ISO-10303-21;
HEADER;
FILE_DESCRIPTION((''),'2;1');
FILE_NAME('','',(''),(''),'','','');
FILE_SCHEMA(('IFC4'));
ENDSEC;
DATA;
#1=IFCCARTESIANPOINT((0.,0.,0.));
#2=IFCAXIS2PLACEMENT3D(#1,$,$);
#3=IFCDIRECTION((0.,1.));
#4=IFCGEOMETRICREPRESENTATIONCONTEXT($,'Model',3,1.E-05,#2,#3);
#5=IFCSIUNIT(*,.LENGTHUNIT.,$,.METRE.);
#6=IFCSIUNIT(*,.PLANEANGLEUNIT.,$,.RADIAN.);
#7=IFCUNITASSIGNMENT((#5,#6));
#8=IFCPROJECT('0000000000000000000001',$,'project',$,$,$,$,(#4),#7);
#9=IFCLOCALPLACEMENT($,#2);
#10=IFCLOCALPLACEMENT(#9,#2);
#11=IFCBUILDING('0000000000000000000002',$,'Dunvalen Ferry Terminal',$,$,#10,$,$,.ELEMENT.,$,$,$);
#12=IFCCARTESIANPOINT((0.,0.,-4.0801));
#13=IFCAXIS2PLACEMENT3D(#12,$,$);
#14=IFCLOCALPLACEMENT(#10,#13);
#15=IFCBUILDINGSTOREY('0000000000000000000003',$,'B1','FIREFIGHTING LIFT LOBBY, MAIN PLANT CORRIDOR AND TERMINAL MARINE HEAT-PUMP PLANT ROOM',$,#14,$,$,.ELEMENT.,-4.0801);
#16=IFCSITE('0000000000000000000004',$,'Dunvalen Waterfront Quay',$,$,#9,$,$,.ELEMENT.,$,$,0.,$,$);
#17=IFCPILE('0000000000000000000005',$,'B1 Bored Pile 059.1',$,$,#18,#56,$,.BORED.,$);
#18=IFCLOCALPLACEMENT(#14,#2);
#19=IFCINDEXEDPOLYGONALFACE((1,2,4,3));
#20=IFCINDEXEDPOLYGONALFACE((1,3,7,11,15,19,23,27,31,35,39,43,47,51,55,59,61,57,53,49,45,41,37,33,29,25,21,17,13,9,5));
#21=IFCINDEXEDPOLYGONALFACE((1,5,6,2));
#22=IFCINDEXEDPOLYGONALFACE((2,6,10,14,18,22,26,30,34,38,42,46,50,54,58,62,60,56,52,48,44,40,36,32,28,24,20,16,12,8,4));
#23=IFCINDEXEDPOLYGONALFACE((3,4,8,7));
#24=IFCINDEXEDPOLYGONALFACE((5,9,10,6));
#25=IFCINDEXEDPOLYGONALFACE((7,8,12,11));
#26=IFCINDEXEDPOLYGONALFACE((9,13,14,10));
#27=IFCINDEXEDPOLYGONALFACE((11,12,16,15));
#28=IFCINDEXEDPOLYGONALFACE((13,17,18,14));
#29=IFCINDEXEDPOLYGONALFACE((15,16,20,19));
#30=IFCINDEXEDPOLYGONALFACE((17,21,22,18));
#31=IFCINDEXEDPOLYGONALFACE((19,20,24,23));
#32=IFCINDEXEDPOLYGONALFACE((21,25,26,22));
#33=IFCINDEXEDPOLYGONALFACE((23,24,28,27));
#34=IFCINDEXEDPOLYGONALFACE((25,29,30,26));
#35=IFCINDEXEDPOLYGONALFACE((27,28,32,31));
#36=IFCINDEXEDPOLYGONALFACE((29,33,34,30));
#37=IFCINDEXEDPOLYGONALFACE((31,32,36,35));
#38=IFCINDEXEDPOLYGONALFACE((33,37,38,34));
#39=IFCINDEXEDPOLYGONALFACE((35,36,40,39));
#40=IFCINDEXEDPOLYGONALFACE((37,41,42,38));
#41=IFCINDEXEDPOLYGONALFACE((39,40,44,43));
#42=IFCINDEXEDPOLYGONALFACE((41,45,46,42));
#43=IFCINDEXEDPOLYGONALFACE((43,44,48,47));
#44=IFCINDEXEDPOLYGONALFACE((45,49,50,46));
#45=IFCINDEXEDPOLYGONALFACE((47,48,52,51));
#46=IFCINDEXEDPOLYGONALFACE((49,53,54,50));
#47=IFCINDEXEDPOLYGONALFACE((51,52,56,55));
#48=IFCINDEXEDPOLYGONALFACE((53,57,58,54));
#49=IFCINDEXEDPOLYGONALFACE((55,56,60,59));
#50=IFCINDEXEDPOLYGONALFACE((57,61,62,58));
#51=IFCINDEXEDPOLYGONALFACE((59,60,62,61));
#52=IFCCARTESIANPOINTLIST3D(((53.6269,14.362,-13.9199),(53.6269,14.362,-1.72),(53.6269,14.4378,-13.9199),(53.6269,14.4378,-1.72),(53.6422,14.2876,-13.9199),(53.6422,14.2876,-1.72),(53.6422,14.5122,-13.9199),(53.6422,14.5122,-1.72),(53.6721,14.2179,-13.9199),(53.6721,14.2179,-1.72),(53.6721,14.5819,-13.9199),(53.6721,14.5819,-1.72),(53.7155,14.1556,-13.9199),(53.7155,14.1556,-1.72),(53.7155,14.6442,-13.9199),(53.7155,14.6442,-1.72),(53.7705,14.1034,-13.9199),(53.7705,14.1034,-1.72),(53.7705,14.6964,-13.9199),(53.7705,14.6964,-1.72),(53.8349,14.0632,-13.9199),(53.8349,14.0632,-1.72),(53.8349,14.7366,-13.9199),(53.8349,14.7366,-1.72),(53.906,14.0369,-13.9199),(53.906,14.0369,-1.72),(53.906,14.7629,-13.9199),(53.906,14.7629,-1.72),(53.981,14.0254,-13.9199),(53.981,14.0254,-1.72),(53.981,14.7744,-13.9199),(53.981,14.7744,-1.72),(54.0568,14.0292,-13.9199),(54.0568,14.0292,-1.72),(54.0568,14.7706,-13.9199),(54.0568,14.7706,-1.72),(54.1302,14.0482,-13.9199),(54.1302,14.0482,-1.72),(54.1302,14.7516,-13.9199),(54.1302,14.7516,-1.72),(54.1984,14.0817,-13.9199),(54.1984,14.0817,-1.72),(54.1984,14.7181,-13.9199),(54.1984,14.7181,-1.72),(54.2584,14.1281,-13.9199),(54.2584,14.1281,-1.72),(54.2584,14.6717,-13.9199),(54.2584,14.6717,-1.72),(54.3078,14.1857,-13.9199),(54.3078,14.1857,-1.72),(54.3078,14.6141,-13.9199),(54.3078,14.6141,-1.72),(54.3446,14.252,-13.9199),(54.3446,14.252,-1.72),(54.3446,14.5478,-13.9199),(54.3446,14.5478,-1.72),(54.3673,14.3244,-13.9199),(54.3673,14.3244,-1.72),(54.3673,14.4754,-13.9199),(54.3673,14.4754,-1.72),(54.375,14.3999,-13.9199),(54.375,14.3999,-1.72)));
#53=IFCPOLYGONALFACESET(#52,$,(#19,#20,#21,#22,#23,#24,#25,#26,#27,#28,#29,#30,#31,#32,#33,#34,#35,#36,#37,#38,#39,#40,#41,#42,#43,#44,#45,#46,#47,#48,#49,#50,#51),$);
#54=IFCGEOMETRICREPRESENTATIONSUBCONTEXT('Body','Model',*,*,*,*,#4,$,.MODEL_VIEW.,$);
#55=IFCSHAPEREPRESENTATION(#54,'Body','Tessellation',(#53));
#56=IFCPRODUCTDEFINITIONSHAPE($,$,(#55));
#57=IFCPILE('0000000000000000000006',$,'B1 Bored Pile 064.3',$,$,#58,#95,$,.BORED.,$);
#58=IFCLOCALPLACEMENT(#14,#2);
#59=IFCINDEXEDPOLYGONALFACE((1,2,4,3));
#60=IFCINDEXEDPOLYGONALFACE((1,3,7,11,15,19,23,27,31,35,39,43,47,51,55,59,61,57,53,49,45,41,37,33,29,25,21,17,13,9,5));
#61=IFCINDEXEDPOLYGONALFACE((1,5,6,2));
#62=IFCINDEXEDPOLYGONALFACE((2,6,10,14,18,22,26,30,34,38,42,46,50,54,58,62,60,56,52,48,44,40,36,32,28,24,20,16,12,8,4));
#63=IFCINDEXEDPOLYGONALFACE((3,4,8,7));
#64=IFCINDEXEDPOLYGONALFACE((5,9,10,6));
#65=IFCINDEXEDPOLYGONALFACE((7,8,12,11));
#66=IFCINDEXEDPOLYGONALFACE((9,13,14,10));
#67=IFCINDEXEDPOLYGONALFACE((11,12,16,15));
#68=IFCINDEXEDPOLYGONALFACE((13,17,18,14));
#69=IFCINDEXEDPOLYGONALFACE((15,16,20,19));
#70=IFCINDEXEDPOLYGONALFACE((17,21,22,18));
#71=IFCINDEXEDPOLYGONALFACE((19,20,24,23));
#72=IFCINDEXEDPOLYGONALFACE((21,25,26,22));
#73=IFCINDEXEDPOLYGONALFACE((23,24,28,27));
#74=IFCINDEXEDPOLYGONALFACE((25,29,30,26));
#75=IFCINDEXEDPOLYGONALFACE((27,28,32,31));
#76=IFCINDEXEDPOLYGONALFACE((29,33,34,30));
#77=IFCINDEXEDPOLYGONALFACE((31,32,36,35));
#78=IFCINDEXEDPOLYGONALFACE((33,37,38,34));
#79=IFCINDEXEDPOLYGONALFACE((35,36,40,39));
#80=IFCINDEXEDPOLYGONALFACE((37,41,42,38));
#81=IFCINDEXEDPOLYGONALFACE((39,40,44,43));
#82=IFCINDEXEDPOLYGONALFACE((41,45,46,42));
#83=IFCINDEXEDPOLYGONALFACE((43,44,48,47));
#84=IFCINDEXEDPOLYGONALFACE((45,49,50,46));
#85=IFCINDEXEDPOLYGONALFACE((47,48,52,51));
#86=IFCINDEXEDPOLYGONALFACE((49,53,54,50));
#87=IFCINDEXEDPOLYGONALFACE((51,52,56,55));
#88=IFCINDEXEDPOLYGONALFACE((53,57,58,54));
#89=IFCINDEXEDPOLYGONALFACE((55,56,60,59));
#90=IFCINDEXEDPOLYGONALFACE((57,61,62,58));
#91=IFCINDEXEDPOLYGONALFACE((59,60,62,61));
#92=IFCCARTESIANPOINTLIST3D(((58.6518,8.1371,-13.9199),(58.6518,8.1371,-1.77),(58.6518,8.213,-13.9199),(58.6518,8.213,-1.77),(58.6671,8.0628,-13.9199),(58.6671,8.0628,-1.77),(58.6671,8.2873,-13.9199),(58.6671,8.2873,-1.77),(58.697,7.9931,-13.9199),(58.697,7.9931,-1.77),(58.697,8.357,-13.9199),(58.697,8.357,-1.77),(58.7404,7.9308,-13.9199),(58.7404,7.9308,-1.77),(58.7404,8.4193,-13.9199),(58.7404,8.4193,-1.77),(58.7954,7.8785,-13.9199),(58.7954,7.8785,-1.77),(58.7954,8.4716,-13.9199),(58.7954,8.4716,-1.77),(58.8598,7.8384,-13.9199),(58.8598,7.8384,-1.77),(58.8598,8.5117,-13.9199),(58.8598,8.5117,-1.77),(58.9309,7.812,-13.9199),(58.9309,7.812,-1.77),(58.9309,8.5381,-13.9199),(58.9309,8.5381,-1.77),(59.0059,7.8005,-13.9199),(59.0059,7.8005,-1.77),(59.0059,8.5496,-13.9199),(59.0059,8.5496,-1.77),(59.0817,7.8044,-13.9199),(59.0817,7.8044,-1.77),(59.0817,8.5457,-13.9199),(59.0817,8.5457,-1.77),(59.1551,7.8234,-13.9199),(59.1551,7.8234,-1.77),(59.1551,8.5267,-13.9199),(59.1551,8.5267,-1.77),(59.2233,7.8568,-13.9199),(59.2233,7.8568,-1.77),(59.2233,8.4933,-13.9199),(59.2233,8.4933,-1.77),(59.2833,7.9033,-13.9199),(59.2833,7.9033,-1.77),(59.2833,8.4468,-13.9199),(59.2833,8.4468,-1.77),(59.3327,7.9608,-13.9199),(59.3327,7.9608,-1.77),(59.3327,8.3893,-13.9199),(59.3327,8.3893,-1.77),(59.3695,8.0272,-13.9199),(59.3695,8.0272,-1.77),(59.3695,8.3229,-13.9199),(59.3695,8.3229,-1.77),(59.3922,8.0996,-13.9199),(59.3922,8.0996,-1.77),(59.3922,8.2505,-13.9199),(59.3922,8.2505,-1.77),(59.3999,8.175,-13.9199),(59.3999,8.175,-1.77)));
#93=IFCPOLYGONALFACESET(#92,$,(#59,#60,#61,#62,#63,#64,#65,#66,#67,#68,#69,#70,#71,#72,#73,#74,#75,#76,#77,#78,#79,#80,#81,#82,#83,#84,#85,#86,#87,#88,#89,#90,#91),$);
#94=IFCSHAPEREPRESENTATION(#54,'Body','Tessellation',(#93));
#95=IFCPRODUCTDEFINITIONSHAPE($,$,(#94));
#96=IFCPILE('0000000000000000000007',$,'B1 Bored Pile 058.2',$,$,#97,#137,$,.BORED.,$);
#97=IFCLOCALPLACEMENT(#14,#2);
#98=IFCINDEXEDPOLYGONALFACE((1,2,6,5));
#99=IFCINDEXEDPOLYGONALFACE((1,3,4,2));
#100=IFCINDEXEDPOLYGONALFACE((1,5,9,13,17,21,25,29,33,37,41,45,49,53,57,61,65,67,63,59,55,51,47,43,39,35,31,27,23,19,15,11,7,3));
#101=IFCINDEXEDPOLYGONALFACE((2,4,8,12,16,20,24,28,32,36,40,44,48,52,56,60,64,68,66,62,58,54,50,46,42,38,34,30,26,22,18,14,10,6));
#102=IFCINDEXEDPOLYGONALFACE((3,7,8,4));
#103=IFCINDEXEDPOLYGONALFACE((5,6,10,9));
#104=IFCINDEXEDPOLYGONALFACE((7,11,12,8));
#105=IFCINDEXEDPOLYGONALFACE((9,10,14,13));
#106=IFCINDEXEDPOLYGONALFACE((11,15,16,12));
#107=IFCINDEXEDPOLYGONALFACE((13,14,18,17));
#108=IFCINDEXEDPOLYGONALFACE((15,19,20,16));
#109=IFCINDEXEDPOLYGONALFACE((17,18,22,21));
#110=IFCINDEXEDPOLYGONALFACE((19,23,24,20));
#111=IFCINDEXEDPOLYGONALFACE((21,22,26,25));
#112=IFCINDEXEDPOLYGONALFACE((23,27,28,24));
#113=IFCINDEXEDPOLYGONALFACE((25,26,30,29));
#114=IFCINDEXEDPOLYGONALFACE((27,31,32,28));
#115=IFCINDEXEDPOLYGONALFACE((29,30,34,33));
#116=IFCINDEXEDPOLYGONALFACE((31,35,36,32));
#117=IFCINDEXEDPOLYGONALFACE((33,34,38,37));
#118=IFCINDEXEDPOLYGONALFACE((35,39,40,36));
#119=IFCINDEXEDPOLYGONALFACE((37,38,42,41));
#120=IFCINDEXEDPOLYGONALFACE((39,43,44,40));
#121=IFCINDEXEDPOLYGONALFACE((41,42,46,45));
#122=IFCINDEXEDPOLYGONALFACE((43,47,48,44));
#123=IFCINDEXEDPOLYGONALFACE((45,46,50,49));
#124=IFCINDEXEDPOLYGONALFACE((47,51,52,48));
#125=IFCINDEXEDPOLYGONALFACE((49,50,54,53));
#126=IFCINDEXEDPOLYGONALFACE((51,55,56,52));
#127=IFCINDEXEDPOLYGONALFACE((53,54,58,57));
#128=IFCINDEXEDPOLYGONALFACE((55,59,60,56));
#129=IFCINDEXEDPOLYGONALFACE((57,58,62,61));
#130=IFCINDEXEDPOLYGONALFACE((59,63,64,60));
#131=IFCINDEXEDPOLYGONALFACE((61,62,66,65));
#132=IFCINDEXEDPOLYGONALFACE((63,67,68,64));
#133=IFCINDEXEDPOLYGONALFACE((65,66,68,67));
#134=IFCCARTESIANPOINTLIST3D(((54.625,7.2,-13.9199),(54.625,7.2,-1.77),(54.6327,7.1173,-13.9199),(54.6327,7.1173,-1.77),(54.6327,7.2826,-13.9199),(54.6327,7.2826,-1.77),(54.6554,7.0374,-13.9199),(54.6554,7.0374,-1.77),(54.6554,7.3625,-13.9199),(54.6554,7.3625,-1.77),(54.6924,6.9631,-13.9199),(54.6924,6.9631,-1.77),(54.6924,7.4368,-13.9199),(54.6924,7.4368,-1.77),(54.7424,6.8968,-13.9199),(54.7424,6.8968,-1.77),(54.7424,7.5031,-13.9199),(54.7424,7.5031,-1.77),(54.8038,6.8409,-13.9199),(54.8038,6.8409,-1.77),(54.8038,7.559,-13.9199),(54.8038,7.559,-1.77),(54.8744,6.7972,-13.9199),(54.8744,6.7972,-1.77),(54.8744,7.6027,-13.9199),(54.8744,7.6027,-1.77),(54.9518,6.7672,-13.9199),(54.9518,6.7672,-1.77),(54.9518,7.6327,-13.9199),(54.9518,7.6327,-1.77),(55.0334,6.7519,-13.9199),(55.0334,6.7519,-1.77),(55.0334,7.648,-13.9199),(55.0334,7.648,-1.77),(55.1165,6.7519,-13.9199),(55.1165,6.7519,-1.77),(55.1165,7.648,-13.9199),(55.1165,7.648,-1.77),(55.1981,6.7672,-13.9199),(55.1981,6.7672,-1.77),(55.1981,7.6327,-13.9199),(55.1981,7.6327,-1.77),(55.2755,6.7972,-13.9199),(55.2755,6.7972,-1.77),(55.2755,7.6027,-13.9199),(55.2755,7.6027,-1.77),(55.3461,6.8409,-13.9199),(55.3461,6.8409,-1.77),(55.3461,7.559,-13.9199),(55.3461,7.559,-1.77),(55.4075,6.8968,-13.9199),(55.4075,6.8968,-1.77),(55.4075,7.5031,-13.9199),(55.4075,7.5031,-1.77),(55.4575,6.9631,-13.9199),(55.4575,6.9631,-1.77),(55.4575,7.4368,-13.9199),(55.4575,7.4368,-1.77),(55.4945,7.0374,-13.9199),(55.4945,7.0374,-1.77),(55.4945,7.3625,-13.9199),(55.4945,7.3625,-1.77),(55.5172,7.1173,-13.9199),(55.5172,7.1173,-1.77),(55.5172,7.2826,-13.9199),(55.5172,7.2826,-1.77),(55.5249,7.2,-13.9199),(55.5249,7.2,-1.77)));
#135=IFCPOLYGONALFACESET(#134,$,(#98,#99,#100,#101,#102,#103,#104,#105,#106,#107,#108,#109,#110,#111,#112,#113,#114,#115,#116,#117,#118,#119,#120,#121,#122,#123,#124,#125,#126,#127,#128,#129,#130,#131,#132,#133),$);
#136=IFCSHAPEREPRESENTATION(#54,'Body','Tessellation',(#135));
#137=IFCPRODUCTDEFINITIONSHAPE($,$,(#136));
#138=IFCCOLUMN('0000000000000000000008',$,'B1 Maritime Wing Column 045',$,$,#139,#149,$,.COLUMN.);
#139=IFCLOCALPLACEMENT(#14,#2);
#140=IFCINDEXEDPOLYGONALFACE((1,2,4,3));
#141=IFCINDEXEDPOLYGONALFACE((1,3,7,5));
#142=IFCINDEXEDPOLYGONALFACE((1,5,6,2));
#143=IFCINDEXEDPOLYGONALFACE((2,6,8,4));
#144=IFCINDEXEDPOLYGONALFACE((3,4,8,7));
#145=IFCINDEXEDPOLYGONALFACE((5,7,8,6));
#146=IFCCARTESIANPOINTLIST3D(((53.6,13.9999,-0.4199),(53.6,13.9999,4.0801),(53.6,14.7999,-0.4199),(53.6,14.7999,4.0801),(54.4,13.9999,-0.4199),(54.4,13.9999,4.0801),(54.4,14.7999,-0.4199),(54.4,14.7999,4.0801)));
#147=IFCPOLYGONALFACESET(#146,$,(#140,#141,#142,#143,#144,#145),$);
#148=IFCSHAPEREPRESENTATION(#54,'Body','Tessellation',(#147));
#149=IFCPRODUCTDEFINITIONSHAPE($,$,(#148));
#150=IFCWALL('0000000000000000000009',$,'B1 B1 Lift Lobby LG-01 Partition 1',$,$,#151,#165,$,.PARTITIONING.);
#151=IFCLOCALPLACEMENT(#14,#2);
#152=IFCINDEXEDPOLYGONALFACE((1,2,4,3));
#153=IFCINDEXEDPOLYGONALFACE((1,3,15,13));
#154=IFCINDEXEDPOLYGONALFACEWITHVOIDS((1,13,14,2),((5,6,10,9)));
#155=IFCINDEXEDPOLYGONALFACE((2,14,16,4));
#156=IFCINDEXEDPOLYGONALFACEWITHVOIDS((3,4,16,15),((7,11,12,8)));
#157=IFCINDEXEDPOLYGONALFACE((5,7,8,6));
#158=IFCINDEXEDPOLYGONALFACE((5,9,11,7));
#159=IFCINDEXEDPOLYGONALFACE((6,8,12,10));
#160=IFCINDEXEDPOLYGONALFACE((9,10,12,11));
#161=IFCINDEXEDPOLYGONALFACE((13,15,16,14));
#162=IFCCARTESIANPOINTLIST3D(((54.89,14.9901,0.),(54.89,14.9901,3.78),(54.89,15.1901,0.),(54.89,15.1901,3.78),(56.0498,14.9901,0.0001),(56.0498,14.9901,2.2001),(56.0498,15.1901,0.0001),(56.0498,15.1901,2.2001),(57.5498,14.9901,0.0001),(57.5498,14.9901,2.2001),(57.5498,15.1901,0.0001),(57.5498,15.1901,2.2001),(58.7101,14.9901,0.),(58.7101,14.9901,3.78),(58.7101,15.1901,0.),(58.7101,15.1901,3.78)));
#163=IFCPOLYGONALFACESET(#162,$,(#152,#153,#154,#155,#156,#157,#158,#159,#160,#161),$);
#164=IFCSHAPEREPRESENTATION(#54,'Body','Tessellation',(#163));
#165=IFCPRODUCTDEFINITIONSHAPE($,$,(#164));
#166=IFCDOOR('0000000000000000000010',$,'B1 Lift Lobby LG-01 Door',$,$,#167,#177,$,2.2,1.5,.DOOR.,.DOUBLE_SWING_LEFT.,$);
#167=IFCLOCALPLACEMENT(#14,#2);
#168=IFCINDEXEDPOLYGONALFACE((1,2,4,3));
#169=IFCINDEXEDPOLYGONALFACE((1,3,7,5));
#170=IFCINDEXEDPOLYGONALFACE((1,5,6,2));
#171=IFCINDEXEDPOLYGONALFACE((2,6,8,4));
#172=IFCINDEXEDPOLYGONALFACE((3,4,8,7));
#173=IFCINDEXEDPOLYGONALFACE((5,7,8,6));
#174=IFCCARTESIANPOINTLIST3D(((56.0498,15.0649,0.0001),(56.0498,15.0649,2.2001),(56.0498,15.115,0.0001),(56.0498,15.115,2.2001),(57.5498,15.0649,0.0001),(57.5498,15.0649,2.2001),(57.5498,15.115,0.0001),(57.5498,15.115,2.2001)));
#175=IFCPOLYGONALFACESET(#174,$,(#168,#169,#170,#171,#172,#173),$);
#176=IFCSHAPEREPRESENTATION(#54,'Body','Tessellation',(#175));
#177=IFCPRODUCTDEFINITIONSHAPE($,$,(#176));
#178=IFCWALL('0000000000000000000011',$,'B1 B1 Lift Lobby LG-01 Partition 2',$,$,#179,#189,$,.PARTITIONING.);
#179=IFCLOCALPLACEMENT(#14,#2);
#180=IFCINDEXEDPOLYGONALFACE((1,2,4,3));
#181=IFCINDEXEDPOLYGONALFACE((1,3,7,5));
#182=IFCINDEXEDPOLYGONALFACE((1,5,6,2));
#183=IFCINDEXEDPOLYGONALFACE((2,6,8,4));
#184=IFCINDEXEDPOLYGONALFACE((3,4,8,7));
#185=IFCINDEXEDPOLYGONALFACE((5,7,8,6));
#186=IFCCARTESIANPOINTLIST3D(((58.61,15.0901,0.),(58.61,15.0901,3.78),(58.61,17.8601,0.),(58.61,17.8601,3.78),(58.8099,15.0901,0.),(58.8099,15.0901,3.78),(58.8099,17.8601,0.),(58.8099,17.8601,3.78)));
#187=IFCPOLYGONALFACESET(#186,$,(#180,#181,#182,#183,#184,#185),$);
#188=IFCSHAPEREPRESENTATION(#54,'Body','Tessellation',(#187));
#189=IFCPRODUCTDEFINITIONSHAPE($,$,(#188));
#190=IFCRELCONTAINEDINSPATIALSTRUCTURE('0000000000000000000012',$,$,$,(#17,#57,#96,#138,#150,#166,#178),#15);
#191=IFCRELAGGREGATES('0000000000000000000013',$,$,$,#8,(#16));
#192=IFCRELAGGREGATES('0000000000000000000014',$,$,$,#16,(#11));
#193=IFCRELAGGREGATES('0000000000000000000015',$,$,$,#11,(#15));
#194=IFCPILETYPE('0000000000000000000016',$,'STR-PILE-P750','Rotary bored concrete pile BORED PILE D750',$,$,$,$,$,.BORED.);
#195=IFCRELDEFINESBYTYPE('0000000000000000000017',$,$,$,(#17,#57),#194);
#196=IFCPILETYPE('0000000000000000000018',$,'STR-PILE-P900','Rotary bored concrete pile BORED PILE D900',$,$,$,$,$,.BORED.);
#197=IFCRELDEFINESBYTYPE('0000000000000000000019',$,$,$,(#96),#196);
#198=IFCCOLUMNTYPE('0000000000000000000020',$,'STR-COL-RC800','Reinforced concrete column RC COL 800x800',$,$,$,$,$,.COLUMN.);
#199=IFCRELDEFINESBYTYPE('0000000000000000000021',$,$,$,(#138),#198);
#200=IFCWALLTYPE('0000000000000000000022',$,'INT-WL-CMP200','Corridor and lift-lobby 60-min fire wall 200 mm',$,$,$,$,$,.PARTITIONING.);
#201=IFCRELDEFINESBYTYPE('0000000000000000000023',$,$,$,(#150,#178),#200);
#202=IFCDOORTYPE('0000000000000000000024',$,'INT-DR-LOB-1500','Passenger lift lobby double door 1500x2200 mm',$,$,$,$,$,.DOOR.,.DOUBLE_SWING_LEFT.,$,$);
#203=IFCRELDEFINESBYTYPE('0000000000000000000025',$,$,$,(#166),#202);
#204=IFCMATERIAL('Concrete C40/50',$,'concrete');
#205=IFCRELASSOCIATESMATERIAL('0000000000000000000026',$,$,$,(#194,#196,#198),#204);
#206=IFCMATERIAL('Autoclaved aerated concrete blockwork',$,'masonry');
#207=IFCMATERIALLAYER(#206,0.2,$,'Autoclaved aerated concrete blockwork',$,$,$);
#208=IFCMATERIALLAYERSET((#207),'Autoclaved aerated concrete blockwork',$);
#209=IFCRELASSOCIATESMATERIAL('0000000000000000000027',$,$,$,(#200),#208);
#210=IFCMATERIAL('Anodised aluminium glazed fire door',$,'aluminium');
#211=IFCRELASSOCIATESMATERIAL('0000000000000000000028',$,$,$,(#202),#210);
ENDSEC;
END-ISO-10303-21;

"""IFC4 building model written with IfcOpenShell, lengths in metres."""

from ifc_helpers import new_model, si_unit, direction, frame, frame_2d, origin, origin_2d, place, context, subcontext, project, spatial, rectangle, circle, extrude, material, layer, layer_set, material_profile, profile_set, type_object, element, fill, save


model = new_model("IFC4")

# Units and contexts
model_context = context("Model", 3, precision=1e-05, world=origin(), true_north=direction((0.0, 1.0)))
body_context = subcontext(model_context, "Body", "Model", "MODEL_VIEW")
ifc_project = project(units=[si_unit("LENGTHUNIT", "METRE"), si_unit("PLANEANGLEUNIT", "RADIAN")], contexts=[model_context])

# Site, building, storey
site_placement = place(None, origin())
site = spatial("IfcSite", under=ifc_project, at=site_placement, Name="Dunvalen Waterfront Quay", CompositionType="ELEMENT", RefElevation=0.0)
building_placement = place(site_placement, origin())
building = spatial("IfcBuilding", under=site, at=building_placement, Name="Dunvalen Ferry Terminal", CompositionType="ELEMENT")
storey_placement = place(building_placement, frame((0.0, 0.0, -4.0801)))
storey = spatial("IfcBuildingStorey", under=building, at=storey_placement, Name="B1", Description="FIREFIGHTING LIFT LOBBY, MAIN PLANT CORRIDOR AND TERMINAL MARINE HEAT-PUMP PLANT ROOM", CompositionType="ELEMENT", Elevation=-4.0801)

# Shared definitions
ifc_material_1 = material(Name="Concrete C40/50", Category="concrete")

# Piles
ifc_material_profile_1 = material_profile(ifc_material_1, circle(Radius=0.375, at=origin_2d()), Name="Concrete C40/50")
ifc_profile_set_1 = profile_set([ifc_material_profile_1], Name="Concrete C40/50")
pile_type_1 = type_object("IfcPileType", Name="STR-PILE-P750", Description="Rotary bored concrete pile BORED PILE D750", PredefinedType="BORED", material=ifc_profile_set_1)
pile_1_placement = place(storey_placement, frame((54.0, 14.3999, -1.72), z_axis=(0.0, 0.0, -1.0), x_axis=(1.0, 0.0, 0.0)))
element("IfcPile", 1, at=pile_1_placement, inside=storey, type_object=pile_type_1, Name="B1 Bored Pile 059.1", PredefinedType="BORED", context=body_context, shape_type="SweptSolid", body=[
    extrude(circle(Radius=0.375, at=origin_2d()), origin(), (0.0, 0.0, 1.0), 12.2),
])
pile_2_placement = place(storey_placement, frame((59.0249, 8.175, -1.77), z_axis=(0.0, 0.0, -1.0), x_axis=(1.0, 0.0, 0.0)))
element("IfcPile", 2, at=pile_2_placement, inside=storey, type_object=pile_type_1, Name="B1 Bored Pile 064.3", PredefinedType="BORED", context=body_context, shape_type="SweptSolid", body=[
    extrude(circle(Radius=0.375, at=origin_2d()), origin(), (0.0, 0.0, 1.0), 12.1499),
])
ifc_material_profile_2 = material_profile(ifc_material_1, circle(Radius=0.45, at=origin_2d()), Name="Concrete C40/50")
ifc_profile_set_2 = profile_set([ifc_material_profile_2], Name="Concrete C40/50")
pile_type_2 = type_object("IfcPileType", Name="STR-PILE-P900", Description="Rotary bored concrete pile BORED PILE D900", PredefinedType="BORED", material=ifc_profile_set_2)
pile_3_placement = place(storey_placement, frame((55.075, 7.2, -1.77), z_axis=(0.0, 0.0, -1.0), x_axis=(1.0, 0.0, 0.0)))
element("IfcPile", 3, at=pile_3_placement, inside=storey, type_object=pile_type_2, Name="B1 Bored Pile 058.2", PredefinedType="BORED", context=body_context, shape_type="SweptSolid", body=[
    extrude(circle(Radius=0.45, at=origin_2d()), origin(), (0.0, 0.0, 1.0), 12.1499),
])

# Column
ifc_material_profile_3 = material_profile(ifc_material_1, rectangle(XDim=0.8, YDim=0.8, at=origin_2d()), Name="Concrete C40/50")
ifc_profile_set_3 = profile_set([ifc_material_profile_3], Name="Concrete C40/50")
column_type = type_object("IfcColumnType", Name="STR-COL-RC800", Description="Reinforced concrete column RC COL 800x800", PredefinedType="COLUMN", material=ifc_profile_set_3)
column_placement = place(storey_placement, frame((54.0, 14.3999, -0.4199), z_axis=(0.0, 0.0, 1.0), x_axis=(1.0, 0.0, 0.0)))
element("IfcColumn", 4, at=column_placement, inside=storey, type_object=column_type, Name="B1 Maritime Wing Column 045", PredefinedType="COLUMN", context=body_context, shape_type="SweptSolid", body=[
    extrude(rectangle(XDim=0.8, YDim=0.8, at=origin_2d()), origin(), (0.0, 0.0, 1.0), 4.5),
])

# Wall, opening, door
ifc_material_2 = material(Name="Autoclaved aerated concrete blockwork", Category="masonry")
ifc_layer_1 = layer(ifc_material_2, 0.2, Name="Autoclaved aerated concrete blockwork")
ifc_layer_set_1 = layer_set([ifc_layer_1], Name="Autoclaved aerated concrete blockwork")
wall_type_1 = type_object("IfcWallType", Name="INT-WL-CMP200", Description="Corridor and lift-lobby 60-min fire wall 200 mm", PredefinedType="PARTITIONING", material=ifc_layer_set_1)
wall_1_placement = place(storey_placement, frame((54.8899, 15.0901, 0.0), z_axis=(0.0, 0.0, 1.0), x_axis=(1.0, 0.0, 0.0)))
wall_1 = element("IfcWall", 5, at=wall_1_placement, inside=storey, type_object=wall_type_1, Name="B1 B1 Lift Lobby LG-01 Partition 1", PredefinedType="PARTITIONING", context=body_context, shape_type="SweptSolid", body=[
    extrude(rectangle(XDim=3.8201, YDim=0.2, at=frame_2d((1.9102, 0.0))), origin(), (0.0, 0.0, 1.0), 3.78),
])
opening_placement = place(wall_1_placement, frame((1.1599, 0.0, 0.0)))
opening = element("IfcOpeningElement", 6, at=opening_placement, cuts=wall_1, PredefinedType="OPENING", context=body_context, shape_type="SweptSolid", body=[
    extrude(rectangle(XDim=1.5, YDim=2.2, at=frame_2d((0.75, 1.1001))), frame((0.0, 0.1099, 0.0), z_axis=(0.0, -1.0, 0.0), x_axis=(1.0, 0.0, 0.0)), (0.0, 0.0, 1.0), 0.22),
])
ifc_material_3 = material(Name="Anodised aluminium glazed fire door", Category="aluminium")
door_type = type_object("IfcDoorType", Name="INT-DR-LOB-1500", Description="Passenger lift lobby double door 1500x2200 mm", OperationType="DOUBLE_SWING_LEFT", PredefinedType="DOOR", material=ifc_material_3)
door_placement = place(opening_placement, origin())
door = element("IfcDoor", 7, at=door_placement, inside=storey, type_object=door_type, Name="B1 Lift Lobby LG-01 Door", OperationType="DOUBLE_SWING_LEFT", OverallHeight=2.2, OverallWidth=1.5, PredefinedType="DOOR", context=body_context, shape_type="SweptSolid", body=[
    extrude(rectangle(XDim=1.5, YDim=2.2, at=frame_2d((0.75, 1.1001))), frame((0.0, 0.0249, 0.0), z_axis=(0.0, -1.0, 0.0), x_axis=(1.0, 0.0, 0.0)), (0.0, 0.0, 1.0), 0.05),
])
fill(opening, door)

# Wall
for number, where, z_axis, x_axis, name in (
    (8, (58.71, 15.0901, 0.0), (0.0, 0.0, 1.0), (0.0, 1.0, 0.0), "B1 B1 Lift Lobby LG-01 Partition 2"),
):
    element("IfcWall", number, at=place(storey_placement, frame(where, z_axis=z_axis, x_axis=x_axis)), inside=storey, type_object=wall_type_1, Name=name, PredefinedType="PARTITIONING", context=body_context, shape_type="SweptSolid", body=[
        extrude(rectangle(XDim=2.77, YDim=0.2, at=frame_2d((1.385, 0.0))), origin(), (0.0, 0.0, 1.0), 3.78),
    ])

save(model, "model.ifc")
